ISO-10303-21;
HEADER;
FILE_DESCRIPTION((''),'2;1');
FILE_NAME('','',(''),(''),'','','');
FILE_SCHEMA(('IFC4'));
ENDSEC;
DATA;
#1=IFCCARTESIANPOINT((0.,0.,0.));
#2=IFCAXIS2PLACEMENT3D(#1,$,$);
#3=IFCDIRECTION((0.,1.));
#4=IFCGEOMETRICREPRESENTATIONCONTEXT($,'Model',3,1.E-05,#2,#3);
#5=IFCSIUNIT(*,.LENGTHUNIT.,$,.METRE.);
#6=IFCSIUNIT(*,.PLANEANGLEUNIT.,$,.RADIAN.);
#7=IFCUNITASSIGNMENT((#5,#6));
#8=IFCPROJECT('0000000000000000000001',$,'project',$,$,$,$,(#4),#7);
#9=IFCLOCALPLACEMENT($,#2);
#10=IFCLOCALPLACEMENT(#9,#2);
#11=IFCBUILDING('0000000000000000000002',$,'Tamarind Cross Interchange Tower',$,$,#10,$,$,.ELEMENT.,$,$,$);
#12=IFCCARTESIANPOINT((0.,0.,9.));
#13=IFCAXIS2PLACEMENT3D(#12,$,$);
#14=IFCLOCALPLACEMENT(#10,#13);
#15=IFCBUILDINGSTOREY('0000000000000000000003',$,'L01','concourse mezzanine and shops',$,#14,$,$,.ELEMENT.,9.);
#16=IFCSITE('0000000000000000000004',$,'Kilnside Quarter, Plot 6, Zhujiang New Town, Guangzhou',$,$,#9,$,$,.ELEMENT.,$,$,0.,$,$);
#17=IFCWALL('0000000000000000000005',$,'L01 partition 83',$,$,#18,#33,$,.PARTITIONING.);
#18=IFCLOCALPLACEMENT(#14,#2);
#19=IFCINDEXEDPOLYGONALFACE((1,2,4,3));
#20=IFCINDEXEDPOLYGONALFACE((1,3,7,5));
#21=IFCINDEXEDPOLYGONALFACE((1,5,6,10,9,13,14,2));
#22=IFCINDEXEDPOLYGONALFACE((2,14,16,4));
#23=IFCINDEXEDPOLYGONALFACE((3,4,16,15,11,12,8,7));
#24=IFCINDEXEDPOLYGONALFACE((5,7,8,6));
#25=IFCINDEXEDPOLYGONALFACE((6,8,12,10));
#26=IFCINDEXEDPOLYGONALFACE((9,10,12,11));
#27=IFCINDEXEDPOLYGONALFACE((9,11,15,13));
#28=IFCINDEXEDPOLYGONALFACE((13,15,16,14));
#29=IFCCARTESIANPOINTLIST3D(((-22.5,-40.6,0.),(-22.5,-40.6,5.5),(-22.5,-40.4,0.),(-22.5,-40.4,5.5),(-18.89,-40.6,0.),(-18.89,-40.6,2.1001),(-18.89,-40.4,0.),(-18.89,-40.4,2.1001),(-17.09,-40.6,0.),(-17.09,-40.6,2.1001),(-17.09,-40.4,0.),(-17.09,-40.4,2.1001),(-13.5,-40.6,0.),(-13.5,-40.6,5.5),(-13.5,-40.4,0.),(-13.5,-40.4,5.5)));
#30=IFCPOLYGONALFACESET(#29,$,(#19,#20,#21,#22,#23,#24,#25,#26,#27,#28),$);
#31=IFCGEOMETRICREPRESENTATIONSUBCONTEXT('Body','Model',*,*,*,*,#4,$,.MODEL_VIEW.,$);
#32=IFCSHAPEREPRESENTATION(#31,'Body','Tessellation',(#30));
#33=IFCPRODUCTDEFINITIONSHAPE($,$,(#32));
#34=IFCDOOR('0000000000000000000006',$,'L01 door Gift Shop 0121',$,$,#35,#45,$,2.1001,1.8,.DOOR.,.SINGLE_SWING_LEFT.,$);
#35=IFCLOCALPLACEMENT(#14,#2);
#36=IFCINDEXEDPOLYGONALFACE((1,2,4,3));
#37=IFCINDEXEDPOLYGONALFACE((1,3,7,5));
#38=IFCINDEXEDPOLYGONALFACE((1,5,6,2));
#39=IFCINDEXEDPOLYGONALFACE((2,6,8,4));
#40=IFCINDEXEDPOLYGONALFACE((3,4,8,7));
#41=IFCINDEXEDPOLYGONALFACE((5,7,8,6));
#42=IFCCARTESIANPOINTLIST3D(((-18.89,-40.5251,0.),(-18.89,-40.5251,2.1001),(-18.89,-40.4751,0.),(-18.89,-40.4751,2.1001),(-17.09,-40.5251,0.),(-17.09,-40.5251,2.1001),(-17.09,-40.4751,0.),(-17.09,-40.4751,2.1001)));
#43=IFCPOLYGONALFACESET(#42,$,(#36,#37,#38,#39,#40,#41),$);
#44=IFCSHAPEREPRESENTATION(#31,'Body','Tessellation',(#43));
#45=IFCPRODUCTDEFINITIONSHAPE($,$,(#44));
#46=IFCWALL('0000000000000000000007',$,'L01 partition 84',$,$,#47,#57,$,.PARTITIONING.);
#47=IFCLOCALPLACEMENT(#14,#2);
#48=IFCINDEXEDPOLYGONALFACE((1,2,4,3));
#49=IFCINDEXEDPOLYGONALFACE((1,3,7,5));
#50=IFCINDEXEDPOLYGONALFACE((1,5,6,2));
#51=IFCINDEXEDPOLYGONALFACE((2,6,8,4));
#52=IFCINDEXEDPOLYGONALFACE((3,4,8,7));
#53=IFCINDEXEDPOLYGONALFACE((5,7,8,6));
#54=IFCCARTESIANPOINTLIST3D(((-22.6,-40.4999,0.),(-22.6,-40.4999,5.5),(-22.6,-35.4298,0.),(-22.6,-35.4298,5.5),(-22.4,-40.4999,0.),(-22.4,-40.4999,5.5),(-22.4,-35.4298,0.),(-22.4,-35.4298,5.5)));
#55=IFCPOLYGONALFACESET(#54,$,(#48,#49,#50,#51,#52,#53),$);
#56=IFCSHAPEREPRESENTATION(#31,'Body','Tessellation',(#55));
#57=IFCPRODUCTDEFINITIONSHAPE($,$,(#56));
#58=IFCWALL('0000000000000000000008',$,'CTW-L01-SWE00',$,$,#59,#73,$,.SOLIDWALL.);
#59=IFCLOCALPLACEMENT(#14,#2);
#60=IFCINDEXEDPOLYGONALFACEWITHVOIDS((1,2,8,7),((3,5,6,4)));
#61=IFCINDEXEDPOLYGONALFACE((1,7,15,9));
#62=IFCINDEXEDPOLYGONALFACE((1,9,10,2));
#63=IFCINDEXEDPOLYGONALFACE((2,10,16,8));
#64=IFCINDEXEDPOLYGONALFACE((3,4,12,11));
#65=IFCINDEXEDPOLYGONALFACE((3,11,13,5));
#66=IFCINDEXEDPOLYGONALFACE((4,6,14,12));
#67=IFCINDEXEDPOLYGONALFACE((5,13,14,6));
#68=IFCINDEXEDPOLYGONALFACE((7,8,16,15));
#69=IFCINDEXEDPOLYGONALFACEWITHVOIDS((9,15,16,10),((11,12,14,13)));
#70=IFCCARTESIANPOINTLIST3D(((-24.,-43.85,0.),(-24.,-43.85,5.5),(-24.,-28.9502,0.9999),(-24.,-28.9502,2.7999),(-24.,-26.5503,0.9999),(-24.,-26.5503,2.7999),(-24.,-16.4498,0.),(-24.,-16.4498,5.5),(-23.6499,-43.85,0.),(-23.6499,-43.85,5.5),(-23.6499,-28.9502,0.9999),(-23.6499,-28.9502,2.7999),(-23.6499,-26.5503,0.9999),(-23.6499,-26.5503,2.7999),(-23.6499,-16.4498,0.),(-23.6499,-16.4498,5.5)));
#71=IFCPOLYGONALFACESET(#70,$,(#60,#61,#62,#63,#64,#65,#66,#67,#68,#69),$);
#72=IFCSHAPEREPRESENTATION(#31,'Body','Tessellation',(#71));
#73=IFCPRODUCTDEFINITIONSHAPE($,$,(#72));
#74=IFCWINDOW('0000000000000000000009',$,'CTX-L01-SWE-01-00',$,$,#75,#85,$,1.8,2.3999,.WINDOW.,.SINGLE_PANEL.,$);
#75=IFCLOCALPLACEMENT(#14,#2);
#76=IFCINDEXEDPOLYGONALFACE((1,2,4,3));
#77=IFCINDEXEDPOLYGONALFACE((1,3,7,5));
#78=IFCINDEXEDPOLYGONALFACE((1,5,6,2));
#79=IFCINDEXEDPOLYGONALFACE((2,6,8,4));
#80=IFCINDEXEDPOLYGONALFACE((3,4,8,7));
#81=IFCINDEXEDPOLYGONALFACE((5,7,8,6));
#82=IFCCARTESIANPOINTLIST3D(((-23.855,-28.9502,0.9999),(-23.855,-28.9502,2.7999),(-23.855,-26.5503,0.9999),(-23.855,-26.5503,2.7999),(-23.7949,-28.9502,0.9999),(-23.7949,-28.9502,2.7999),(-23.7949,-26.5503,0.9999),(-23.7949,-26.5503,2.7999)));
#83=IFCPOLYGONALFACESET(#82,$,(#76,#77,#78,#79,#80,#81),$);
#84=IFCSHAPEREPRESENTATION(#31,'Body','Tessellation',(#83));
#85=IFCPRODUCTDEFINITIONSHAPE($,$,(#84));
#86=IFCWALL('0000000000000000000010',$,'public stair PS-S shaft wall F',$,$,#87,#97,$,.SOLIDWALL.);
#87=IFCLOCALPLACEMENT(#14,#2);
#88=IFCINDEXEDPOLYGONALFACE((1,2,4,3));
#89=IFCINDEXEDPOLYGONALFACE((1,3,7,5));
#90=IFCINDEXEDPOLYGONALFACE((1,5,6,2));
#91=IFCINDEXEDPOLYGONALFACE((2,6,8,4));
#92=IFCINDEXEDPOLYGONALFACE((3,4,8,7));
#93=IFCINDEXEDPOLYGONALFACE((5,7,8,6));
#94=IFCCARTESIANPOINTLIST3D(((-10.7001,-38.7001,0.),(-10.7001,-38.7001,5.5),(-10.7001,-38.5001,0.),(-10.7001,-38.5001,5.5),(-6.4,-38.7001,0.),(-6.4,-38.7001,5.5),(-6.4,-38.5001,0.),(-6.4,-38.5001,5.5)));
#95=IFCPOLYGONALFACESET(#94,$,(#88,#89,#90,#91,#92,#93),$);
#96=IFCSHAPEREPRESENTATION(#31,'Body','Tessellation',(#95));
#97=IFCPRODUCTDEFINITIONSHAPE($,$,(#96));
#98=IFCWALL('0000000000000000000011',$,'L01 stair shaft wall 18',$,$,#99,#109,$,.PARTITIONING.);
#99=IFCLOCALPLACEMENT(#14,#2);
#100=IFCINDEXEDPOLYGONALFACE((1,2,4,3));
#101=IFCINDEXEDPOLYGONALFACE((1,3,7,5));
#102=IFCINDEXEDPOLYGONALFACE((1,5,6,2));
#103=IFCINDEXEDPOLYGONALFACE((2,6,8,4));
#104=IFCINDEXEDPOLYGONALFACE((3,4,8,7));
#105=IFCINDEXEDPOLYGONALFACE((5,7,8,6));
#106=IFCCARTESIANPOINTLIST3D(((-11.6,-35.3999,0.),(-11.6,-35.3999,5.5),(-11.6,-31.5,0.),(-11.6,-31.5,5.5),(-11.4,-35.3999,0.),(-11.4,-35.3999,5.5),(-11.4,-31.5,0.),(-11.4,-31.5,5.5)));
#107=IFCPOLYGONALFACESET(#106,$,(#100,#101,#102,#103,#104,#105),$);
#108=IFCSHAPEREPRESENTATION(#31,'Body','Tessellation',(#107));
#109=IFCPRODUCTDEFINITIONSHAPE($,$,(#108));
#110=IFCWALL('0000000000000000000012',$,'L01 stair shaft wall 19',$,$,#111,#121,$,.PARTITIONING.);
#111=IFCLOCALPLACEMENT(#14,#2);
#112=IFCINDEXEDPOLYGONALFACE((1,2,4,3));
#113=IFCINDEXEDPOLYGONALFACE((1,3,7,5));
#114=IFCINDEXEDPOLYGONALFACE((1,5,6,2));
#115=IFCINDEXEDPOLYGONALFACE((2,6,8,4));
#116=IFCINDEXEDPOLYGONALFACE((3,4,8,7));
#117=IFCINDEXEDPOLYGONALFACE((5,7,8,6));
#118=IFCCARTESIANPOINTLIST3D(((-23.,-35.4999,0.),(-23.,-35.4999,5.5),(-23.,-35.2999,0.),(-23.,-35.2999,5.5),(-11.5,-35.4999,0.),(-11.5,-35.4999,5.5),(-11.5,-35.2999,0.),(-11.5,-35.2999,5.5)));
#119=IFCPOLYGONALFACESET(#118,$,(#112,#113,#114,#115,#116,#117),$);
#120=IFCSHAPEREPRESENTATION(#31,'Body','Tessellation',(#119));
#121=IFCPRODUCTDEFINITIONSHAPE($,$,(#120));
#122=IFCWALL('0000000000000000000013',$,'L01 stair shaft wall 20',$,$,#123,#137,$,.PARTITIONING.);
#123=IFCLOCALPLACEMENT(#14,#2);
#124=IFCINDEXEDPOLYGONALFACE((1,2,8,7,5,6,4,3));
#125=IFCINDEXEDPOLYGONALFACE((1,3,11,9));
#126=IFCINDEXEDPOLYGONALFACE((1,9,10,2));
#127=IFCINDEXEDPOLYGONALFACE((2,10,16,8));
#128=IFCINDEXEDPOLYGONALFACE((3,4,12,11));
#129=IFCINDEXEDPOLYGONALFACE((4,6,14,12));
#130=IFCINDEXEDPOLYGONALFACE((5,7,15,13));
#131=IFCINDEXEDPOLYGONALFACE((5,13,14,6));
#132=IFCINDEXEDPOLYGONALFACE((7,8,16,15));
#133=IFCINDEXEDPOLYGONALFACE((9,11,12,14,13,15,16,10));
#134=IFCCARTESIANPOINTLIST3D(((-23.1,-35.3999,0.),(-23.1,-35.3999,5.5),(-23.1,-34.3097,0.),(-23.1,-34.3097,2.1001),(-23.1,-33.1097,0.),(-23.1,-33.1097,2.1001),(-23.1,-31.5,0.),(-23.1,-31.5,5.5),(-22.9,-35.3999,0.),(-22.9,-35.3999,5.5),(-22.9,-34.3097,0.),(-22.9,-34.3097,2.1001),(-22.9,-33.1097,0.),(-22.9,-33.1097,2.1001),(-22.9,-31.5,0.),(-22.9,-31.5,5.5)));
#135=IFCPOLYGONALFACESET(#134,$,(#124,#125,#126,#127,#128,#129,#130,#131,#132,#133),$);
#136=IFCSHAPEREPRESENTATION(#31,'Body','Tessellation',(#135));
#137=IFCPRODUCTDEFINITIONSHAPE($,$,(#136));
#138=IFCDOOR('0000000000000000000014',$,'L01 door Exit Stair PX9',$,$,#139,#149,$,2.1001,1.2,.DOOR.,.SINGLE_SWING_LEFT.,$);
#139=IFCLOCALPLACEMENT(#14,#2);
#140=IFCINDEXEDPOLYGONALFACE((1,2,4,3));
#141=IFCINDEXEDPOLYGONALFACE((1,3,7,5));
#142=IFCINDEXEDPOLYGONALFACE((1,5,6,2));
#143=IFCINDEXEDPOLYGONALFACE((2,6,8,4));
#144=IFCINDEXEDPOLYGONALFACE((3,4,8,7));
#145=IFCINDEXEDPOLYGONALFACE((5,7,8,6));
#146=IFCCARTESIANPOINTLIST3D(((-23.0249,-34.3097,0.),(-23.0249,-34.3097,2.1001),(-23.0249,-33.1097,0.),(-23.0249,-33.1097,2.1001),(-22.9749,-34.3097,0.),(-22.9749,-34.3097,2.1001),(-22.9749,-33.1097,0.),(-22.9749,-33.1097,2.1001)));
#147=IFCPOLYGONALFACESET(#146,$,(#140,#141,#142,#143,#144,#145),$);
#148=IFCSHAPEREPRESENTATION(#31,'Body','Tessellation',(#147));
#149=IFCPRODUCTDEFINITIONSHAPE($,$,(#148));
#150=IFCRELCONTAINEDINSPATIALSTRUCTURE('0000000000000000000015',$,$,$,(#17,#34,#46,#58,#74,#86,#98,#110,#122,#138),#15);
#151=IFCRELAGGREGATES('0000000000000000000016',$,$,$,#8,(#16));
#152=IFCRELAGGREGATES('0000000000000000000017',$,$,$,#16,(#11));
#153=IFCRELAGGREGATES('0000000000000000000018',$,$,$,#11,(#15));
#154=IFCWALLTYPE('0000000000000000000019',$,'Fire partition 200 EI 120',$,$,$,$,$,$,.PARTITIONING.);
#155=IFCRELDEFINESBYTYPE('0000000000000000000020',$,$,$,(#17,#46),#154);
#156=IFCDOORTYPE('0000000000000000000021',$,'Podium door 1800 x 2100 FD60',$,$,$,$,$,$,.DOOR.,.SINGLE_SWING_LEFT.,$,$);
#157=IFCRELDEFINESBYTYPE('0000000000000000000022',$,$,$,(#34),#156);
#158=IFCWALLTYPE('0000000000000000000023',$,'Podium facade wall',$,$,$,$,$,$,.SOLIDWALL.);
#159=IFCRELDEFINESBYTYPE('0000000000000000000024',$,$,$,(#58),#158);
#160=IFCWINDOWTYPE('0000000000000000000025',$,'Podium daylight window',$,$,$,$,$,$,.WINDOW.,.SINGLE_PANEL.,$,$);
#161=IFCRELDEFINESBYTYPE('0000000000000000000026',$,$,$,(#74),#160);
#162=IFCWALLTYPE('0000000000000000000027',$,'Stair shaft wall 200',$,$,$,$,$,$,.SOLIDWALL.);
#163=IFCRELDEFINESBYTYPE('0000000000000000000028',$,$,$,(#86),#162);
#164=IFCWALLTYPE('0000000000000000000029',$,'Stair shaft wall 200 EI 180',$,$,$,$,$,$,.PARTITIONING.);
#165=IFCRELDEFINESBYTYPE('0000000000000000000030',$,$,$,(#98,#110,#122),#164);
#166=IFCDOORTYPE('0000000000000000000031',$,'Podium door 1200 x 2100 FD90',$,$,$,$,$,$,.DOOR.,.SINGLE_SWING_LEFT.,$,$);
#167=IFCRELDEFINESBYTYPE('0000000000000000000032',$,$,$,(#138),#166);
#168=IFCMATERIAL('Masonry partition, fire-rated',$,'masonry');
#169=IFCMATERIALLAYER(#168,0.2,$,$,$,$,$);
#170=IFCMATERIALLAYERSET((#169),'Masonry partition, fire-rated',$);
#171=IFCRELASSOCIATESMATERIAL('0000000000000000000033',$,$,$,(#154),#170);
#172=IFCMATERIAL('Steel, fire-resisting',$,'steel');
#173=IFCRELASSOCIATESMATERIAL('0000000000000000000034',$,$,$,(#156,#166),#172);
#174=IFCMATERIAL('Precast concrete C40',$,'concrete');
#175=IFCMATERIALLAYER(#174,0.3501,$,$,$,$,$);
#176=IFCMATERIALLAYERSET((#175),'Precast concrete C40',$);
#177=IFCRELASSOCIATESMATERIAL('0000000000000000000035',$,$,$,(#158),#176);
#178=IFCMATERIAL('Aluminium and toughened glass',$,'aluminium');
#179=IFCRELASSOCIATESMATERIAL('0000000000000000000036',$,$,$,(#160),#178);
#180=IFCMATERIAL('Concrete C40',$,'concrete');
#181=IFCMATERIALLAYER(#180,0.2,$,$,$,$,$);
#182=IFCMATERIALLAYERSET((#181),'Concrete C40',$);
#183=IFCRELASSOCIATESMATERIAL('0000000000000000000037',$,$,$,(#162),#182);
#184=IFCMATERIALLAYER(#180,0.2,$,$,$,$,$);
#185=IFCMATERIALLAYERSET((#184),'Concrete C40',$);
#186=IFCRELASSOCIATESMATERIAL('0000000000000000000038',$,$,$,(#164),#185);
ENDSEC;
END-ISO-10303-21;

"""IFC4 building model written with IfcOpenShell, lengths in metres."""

from ifc_helpers import new_model, si_unit, direction, frame, frame_2d, origin, place, context, subcontext, project, spatial, rectangle, extrude, material, layer, layer_set, type_object, element, fill, save


model = new_model("IFC4")

# Units and contexts
model_context = context("Model", 3, precision=1e-05, world=origin(), true_north=direction((0.0, 1.0)))
body_context = subcontext(model_context, "Body", "Model", "MODEL_VIEW")
ifc_project = project(units=[si_unit("LENGTHUNIT", "METRE"), si_unit("PLANEANGLEUNIT", "RADIAN")], contexts=[model_context])

# Site, building, storey
site_placement = place(None, origin())
site = spatial("IfcSite", under=ifc_project, at=site_placement, Name="Kilnside Quarter, Plot 6, Zhujiang New Town, Guangzhou", CompositionType="ELEMENT", RefElevation=0.0)
building_placement = place(site_placement, origin())
building = spatial("IfcBuilding", under=site, at=building_placement, Name="Tamarind Cross Interchange Tower", CompositionType="ELEMENT")
storey_placement = place(building_placement, frame((0.0, 0.0, 9.0)))
storey = spatial("IfcBuildingStorey", under=building, at=storey_placement, Name="L01", Description="concourse mezzanine and shops", CompositionType="ELEMENT", Elevation=9.0)

# Shared definitions
ifc_material_1 = material(Name="Masonry partition, fire-rated", Category="masonry")
ifc_layer_1 = layer(ifc_material_1, 0.2)
ifc_layer_set_1 = layer_set([ifc_layer_1], Name="Masonry partition, fire-rated")
wall_type_1 = type_object("IfcWallType", Name="Fire partition 200 EI 120", PredefinedType="PARTITIONING", material=ifc_layer_set_1)

# Wall, opening, door
wall_1_placement = place(storey_placement, frame((-22.5, -40.5, 0.0), z_axis=(0.0, 0.0, 1.0), x_axis=(1.0, 0.0, 0.0)))
wall_1 = element("IfcWall", 1, at=wall_1_placement, inside=storey, type_object=wall_type_1, Name="L01 partition 83", PredefinedType="PARTITIONING", context=body_context, shape_type="SweptSolid", body=[
    extrude(rectangle(XDim=9.0, YDim=0.2, at=frame_2d((4.5, 0.0))), origin(), (0.0, 0.0, 1.0), 5.5),
])
opening_1_placement = place(wall_1_placement, frame((3.6101, 0.0, 0.0)))
opening_1 = element("IfcOpeningElement", 2, at=opening_1_placement, cuts=wall_1, PredefinedType="OPENING", context=body_context, shape_type="SweptSolid", body=[
    extrude(rectangle(XDim=1.8, YDim=2.1001, at=frame_2d((0.8999, 1.05))), frame((0.0, 0.1099, 0.0), z_axis=(0.0, -1.0, 0.0), x_axis=(1.0, 0.0, 0.0)), (0.0, 0.0, 1.0), 0.22),
])
ifc_material_2 = material(Name="Steel, fire-resisting", Category="steel")
door_type_1 = type_object("IfcDoorType", Name="Podium door 1800 x 2100 FD60", OperationType="SINGLE_SWING_LEFT", PredefinedType="DOOR", material=ifc_material_2)
door_1_placement = place(opening_1_placement, origin())
door_1 = element("IfcDoor", 3, at=door_1_placement, inside=storey, type_object=door_type_1, Name="L01 door Gift Shop 0121", OperationType="SINGLE_SWING_LEFT", OverallHeight=2.1001, OverallWidth=1.8, PredefinedType="DOOR", context=body_context, shape_type="SweptSolid", body=[
    extrude(rectangle(XDim=1.8, YDim=2.1001, at=frame_2d((0.8999, 1.05))), frame((0.0, 0.0249, 0.0), z_axis=(0.0, -1.0, 0.0), x_axis=(1.0, 0.0, 0.0)), (0.0, 0.0, 1.0), 0.05),
])
fill(opening_1, door_1)

# Wall
wall_2_placement = place(storey_placement, frame((-22.5, -40.5, 0.0), z_axis=(0.0, 0.0, 1.0), x_axis=(0.0, 1.0, 0.0)))
element("IfcWall", 4, at=wall_2_placement, inside=storey, type_object=wall_type_1, Name="L01 partition 84", PredefinedType="PARTITIONING", context=body_context, shape_type="SweptSolid", body=[
    extrude(rectangle(XDim=5.0701, YDim=0.2, at=frame_2d((2.5352, 0.0))), origin(), (0.0, 0.0, 1.0), 5.5),
])

# Wall, opening, window
ifc_material_3 = material(Name="Precast concrete C40", Category="concrete")
ifc_layer_2 = layer(ifc_material_3, 0.3501)
ifc_layer_set_2 = layer_set([ifc_layer_2], Name="Precast concrete C40")
wall_type_2 = type_object("IfcWallType", Name="Podium facade wall", PredefinedType="SOLIDWALL", material=ifc_layer_set_2)
wall_3_placement = place(storey_placement, frame((-23.825, -43.8501, 0.0), z_axis=(0.0, 0.0, 1.0), x_axis=(0.0, 1.0, 0.0)))
wall_3 = element("IfcWall", 5, at=wall_3_placement, inside=storey, type_object=wall_type_2, Name="CTW-L01-SWE00", PredefinedType="SOLIDWALL", context=body_context, shape_type="SweptSolid", body=[
    extrude(rectangle(XDim=27.4001, YDim=0.3501, at=frame_2d((13.7002, 0.0))), origin(), (0.0, 0.0, 1.0), 5.5),
])
opening_2_placement = place(wall_3_placement, frame((14.8999, 0.0, 1.0)))
opening_2 = element("IfcOpeningElement", 6, at=opening_2_placement, cuts=wall_3, PredefinedType="OPENING", context=body_context, shape_type="SweptSolid", body=[
    extrude(rectangle(XDim=2.3999, YDim=1.8, at=frame_2d((1.2, 0.8999))), frame((0.0, 0.1851, 0.0), z_axis=(0.0, -1.0, 0.0), x_axis=(1.0, 0.0, 0.0)), (0.0, 0.0, 1.0), 0.3701),
])
ifc_material_4 = material(Name="Aluminium and toughened glass", Category="aluminium")
window_type = type_object("IfcWindowType", Name="Podium daylight window", PartitioningType="SINGLE_PANEL", PredefinedType="WINDOW", material=ifc_material_4)
window_placement = place(opening_2_placement, origin())
window = element("IfcWindow", 7, at=window_placement, inside=storey, type_object=window_type, Name="CTX-L01-SWE-01-00", OverallHeight=1.8, OverallWidth=2.3999, PartitioningType="SINGLE_PANEL", PredefinedType="WINDOW", context=body_context, shape_type="SweptSolid", body=[
    extrude(rectangle(XDim=2.3999, YDim=1.8, at=frame_2d((1.2, 0.8999))), frame((0.0, 0.03, 0.0), z_axis=(0.0, -1.0, 0.0), x_axis=(1.0, 0.0, 0.0)), (0.0, 0.0, 1.0), 0.0601),
])
fill(opening_2, window)

# Walls
ifc_material_5 = material(Name="Concrete C40", Category="concrete")
ifc_layer_3 = layer(ifc_material_5, 0.2)
ifc_layer_set_3 = layer_set([ifc_layer_3], Name="Concrete C40")
wall_type_3 = type_object("IfcWallType", Name="Stair shaft wall 200", PredefinedType="SOLIDWALL", material=ifc_layer_set_3)
wall_4_placement = place(storey_placement, frame((-10.7, -38.6001, 0.0), z_axis=(0.0, 0.0, 1.0), x_axis=(1.0, 0.0, 0.0)))
element("IfcWall", 8, at=wall_4_placement, inside=storey, type_object=wall_type_3, Name="public stair PS-S shaft wall F", PredefinedType="SOLIDWALL", context=body_context, shape_type="SweptSolid", body=[
    extrude(rectangle(XDim=4.3, YDim=0.2, at=frame_2d((2.1499, 0.0))), origin(), (0.0, 0.0, 1.0), 5.5),
])
ifc_layer_4 = layer(ifc_material_5, 0.2)
ifc_layer_set_4 = layer_set([ifc_layer_4], Name="Concrete C40")
wall_type_4 = type_object("IfcWallType", Name="Stair shaft wall 200 EI 180", PredefinedType="PARTITIONING", material=ifc_layer_set_4)
wall_5_placement = place(storey_placement, frame((-11.5, -35.3999, 0.0), z_axis=(0.0, 0.0, 1.0), x_axis=(0.0, 1.0, 0.0)))
element("IfcWall", 9, at=wall_5_placement, inside=storey, type_object=wall_type_4, Name="L01 stair shaft wall 18", PredefinedType="PARTITIONING", context=body_context, shape_type="SweptSolid", body=[
    extrude(rectangle(XDim=3.8999, YDim=0.2, at=frame_2d((1.95, 0.0))), origin(), (0.0, 0.0, 1.0), 5.5),
])
wall_6_placement = place(storey_placement, frame((-23.0, -35.3999, 0.0), z_axis=(0.0, 0.0, 1.0), x_axis=(1.0, 0.0, 0.0)))
element("IfcWall", 10, at=wall_6_placement, inside=storey, type_object=wall_type_4, Name="L01 stair shaft wall 19", PredefinedType="PARTITIONING", context=body_context, shape_type="SweptSolid", body=[
    extrude(rectangle(XDim=11.5, YDim=0.2, at=frame_2d((5.75, 0.0))), origin(), (0.0, 0.0, 1.0), 5.5),
])

# Wall, opening, door
wall_7_placement = place(storey_placement, frame((-23.0, -35.3999, 0.0), z_axis=(0.0, 0.0, 1.0), x_axis=(0.0, 1.0, 0.0)))
wall_7 = element("IfcWall", 11, at=wall_7_placement, inside=storey, type_object=wall_type_4, Name="L01 stair shaft wall 20", PredefinedType="PARTITIONING", context=body_context, shape_type="SweptSolid", body=[
    extrude(rectangle(XDim=3.8999, YDim=0.2, at=frame_2d((1.95, 0.0))), origin(), (0.0, 0.0, 1.0), 5.5),
])
opening_3_placement = place(wall_7_placement, frame((1.0901, 0.0, 0.0)))
opening_3 = element("IfcOpeningElement", 12, at=opening_3_placement, cuts=wall_7, PredefinedType="OPENING", context=body_context, shape_type="SweptSolid", body=[
    extrude(rectangle(XDim=1.2, YDim=2.1001, at=frame_2d((0.6001, 1.05))), frame((0.0, 0.1099, 0.0), z_axis=(0.0, -1.0, 0.0), x_axis=(1.0, 0.0, 0.0)), (0.0, 0.0, 1.0), 0.22),
])
door_type_2 = type_object("IfcDoorType", Name="Podium door 1200 x 2100 FD90", OperationType="SINGLE_SWING_LEFT", PredefinedType="DOOR", material=ifc_material_2)
door_2_placement = place(opening_3_placement, origin())
door_2 = element("IfcDoor", 13, at=door_2_placement, inside=storey, type_object=door_type_2, Name="L01 door Exit Stair PX9", OperationType="SINGLE_SWING_LEFT", OverallHeight=2.1001, OverallWidth=1.2, PredefinedType="DOOR", context=body_context, shape_type="SweptSolid", body=[
    extrude(rectangle(XDim=1.2, YDim=2.1001, at=frame_2d((0.6001, 1.05))), frame((0.0, 0.0249, 0.0), z_axis=(0.0, -1.0, 0.0), x_axis=(1.0, 0.0, 0.0)), (0.0, 0.0, 1.0), 0.05),
])
fill(opening_3, door_2)

save(model, "model.ifc")
